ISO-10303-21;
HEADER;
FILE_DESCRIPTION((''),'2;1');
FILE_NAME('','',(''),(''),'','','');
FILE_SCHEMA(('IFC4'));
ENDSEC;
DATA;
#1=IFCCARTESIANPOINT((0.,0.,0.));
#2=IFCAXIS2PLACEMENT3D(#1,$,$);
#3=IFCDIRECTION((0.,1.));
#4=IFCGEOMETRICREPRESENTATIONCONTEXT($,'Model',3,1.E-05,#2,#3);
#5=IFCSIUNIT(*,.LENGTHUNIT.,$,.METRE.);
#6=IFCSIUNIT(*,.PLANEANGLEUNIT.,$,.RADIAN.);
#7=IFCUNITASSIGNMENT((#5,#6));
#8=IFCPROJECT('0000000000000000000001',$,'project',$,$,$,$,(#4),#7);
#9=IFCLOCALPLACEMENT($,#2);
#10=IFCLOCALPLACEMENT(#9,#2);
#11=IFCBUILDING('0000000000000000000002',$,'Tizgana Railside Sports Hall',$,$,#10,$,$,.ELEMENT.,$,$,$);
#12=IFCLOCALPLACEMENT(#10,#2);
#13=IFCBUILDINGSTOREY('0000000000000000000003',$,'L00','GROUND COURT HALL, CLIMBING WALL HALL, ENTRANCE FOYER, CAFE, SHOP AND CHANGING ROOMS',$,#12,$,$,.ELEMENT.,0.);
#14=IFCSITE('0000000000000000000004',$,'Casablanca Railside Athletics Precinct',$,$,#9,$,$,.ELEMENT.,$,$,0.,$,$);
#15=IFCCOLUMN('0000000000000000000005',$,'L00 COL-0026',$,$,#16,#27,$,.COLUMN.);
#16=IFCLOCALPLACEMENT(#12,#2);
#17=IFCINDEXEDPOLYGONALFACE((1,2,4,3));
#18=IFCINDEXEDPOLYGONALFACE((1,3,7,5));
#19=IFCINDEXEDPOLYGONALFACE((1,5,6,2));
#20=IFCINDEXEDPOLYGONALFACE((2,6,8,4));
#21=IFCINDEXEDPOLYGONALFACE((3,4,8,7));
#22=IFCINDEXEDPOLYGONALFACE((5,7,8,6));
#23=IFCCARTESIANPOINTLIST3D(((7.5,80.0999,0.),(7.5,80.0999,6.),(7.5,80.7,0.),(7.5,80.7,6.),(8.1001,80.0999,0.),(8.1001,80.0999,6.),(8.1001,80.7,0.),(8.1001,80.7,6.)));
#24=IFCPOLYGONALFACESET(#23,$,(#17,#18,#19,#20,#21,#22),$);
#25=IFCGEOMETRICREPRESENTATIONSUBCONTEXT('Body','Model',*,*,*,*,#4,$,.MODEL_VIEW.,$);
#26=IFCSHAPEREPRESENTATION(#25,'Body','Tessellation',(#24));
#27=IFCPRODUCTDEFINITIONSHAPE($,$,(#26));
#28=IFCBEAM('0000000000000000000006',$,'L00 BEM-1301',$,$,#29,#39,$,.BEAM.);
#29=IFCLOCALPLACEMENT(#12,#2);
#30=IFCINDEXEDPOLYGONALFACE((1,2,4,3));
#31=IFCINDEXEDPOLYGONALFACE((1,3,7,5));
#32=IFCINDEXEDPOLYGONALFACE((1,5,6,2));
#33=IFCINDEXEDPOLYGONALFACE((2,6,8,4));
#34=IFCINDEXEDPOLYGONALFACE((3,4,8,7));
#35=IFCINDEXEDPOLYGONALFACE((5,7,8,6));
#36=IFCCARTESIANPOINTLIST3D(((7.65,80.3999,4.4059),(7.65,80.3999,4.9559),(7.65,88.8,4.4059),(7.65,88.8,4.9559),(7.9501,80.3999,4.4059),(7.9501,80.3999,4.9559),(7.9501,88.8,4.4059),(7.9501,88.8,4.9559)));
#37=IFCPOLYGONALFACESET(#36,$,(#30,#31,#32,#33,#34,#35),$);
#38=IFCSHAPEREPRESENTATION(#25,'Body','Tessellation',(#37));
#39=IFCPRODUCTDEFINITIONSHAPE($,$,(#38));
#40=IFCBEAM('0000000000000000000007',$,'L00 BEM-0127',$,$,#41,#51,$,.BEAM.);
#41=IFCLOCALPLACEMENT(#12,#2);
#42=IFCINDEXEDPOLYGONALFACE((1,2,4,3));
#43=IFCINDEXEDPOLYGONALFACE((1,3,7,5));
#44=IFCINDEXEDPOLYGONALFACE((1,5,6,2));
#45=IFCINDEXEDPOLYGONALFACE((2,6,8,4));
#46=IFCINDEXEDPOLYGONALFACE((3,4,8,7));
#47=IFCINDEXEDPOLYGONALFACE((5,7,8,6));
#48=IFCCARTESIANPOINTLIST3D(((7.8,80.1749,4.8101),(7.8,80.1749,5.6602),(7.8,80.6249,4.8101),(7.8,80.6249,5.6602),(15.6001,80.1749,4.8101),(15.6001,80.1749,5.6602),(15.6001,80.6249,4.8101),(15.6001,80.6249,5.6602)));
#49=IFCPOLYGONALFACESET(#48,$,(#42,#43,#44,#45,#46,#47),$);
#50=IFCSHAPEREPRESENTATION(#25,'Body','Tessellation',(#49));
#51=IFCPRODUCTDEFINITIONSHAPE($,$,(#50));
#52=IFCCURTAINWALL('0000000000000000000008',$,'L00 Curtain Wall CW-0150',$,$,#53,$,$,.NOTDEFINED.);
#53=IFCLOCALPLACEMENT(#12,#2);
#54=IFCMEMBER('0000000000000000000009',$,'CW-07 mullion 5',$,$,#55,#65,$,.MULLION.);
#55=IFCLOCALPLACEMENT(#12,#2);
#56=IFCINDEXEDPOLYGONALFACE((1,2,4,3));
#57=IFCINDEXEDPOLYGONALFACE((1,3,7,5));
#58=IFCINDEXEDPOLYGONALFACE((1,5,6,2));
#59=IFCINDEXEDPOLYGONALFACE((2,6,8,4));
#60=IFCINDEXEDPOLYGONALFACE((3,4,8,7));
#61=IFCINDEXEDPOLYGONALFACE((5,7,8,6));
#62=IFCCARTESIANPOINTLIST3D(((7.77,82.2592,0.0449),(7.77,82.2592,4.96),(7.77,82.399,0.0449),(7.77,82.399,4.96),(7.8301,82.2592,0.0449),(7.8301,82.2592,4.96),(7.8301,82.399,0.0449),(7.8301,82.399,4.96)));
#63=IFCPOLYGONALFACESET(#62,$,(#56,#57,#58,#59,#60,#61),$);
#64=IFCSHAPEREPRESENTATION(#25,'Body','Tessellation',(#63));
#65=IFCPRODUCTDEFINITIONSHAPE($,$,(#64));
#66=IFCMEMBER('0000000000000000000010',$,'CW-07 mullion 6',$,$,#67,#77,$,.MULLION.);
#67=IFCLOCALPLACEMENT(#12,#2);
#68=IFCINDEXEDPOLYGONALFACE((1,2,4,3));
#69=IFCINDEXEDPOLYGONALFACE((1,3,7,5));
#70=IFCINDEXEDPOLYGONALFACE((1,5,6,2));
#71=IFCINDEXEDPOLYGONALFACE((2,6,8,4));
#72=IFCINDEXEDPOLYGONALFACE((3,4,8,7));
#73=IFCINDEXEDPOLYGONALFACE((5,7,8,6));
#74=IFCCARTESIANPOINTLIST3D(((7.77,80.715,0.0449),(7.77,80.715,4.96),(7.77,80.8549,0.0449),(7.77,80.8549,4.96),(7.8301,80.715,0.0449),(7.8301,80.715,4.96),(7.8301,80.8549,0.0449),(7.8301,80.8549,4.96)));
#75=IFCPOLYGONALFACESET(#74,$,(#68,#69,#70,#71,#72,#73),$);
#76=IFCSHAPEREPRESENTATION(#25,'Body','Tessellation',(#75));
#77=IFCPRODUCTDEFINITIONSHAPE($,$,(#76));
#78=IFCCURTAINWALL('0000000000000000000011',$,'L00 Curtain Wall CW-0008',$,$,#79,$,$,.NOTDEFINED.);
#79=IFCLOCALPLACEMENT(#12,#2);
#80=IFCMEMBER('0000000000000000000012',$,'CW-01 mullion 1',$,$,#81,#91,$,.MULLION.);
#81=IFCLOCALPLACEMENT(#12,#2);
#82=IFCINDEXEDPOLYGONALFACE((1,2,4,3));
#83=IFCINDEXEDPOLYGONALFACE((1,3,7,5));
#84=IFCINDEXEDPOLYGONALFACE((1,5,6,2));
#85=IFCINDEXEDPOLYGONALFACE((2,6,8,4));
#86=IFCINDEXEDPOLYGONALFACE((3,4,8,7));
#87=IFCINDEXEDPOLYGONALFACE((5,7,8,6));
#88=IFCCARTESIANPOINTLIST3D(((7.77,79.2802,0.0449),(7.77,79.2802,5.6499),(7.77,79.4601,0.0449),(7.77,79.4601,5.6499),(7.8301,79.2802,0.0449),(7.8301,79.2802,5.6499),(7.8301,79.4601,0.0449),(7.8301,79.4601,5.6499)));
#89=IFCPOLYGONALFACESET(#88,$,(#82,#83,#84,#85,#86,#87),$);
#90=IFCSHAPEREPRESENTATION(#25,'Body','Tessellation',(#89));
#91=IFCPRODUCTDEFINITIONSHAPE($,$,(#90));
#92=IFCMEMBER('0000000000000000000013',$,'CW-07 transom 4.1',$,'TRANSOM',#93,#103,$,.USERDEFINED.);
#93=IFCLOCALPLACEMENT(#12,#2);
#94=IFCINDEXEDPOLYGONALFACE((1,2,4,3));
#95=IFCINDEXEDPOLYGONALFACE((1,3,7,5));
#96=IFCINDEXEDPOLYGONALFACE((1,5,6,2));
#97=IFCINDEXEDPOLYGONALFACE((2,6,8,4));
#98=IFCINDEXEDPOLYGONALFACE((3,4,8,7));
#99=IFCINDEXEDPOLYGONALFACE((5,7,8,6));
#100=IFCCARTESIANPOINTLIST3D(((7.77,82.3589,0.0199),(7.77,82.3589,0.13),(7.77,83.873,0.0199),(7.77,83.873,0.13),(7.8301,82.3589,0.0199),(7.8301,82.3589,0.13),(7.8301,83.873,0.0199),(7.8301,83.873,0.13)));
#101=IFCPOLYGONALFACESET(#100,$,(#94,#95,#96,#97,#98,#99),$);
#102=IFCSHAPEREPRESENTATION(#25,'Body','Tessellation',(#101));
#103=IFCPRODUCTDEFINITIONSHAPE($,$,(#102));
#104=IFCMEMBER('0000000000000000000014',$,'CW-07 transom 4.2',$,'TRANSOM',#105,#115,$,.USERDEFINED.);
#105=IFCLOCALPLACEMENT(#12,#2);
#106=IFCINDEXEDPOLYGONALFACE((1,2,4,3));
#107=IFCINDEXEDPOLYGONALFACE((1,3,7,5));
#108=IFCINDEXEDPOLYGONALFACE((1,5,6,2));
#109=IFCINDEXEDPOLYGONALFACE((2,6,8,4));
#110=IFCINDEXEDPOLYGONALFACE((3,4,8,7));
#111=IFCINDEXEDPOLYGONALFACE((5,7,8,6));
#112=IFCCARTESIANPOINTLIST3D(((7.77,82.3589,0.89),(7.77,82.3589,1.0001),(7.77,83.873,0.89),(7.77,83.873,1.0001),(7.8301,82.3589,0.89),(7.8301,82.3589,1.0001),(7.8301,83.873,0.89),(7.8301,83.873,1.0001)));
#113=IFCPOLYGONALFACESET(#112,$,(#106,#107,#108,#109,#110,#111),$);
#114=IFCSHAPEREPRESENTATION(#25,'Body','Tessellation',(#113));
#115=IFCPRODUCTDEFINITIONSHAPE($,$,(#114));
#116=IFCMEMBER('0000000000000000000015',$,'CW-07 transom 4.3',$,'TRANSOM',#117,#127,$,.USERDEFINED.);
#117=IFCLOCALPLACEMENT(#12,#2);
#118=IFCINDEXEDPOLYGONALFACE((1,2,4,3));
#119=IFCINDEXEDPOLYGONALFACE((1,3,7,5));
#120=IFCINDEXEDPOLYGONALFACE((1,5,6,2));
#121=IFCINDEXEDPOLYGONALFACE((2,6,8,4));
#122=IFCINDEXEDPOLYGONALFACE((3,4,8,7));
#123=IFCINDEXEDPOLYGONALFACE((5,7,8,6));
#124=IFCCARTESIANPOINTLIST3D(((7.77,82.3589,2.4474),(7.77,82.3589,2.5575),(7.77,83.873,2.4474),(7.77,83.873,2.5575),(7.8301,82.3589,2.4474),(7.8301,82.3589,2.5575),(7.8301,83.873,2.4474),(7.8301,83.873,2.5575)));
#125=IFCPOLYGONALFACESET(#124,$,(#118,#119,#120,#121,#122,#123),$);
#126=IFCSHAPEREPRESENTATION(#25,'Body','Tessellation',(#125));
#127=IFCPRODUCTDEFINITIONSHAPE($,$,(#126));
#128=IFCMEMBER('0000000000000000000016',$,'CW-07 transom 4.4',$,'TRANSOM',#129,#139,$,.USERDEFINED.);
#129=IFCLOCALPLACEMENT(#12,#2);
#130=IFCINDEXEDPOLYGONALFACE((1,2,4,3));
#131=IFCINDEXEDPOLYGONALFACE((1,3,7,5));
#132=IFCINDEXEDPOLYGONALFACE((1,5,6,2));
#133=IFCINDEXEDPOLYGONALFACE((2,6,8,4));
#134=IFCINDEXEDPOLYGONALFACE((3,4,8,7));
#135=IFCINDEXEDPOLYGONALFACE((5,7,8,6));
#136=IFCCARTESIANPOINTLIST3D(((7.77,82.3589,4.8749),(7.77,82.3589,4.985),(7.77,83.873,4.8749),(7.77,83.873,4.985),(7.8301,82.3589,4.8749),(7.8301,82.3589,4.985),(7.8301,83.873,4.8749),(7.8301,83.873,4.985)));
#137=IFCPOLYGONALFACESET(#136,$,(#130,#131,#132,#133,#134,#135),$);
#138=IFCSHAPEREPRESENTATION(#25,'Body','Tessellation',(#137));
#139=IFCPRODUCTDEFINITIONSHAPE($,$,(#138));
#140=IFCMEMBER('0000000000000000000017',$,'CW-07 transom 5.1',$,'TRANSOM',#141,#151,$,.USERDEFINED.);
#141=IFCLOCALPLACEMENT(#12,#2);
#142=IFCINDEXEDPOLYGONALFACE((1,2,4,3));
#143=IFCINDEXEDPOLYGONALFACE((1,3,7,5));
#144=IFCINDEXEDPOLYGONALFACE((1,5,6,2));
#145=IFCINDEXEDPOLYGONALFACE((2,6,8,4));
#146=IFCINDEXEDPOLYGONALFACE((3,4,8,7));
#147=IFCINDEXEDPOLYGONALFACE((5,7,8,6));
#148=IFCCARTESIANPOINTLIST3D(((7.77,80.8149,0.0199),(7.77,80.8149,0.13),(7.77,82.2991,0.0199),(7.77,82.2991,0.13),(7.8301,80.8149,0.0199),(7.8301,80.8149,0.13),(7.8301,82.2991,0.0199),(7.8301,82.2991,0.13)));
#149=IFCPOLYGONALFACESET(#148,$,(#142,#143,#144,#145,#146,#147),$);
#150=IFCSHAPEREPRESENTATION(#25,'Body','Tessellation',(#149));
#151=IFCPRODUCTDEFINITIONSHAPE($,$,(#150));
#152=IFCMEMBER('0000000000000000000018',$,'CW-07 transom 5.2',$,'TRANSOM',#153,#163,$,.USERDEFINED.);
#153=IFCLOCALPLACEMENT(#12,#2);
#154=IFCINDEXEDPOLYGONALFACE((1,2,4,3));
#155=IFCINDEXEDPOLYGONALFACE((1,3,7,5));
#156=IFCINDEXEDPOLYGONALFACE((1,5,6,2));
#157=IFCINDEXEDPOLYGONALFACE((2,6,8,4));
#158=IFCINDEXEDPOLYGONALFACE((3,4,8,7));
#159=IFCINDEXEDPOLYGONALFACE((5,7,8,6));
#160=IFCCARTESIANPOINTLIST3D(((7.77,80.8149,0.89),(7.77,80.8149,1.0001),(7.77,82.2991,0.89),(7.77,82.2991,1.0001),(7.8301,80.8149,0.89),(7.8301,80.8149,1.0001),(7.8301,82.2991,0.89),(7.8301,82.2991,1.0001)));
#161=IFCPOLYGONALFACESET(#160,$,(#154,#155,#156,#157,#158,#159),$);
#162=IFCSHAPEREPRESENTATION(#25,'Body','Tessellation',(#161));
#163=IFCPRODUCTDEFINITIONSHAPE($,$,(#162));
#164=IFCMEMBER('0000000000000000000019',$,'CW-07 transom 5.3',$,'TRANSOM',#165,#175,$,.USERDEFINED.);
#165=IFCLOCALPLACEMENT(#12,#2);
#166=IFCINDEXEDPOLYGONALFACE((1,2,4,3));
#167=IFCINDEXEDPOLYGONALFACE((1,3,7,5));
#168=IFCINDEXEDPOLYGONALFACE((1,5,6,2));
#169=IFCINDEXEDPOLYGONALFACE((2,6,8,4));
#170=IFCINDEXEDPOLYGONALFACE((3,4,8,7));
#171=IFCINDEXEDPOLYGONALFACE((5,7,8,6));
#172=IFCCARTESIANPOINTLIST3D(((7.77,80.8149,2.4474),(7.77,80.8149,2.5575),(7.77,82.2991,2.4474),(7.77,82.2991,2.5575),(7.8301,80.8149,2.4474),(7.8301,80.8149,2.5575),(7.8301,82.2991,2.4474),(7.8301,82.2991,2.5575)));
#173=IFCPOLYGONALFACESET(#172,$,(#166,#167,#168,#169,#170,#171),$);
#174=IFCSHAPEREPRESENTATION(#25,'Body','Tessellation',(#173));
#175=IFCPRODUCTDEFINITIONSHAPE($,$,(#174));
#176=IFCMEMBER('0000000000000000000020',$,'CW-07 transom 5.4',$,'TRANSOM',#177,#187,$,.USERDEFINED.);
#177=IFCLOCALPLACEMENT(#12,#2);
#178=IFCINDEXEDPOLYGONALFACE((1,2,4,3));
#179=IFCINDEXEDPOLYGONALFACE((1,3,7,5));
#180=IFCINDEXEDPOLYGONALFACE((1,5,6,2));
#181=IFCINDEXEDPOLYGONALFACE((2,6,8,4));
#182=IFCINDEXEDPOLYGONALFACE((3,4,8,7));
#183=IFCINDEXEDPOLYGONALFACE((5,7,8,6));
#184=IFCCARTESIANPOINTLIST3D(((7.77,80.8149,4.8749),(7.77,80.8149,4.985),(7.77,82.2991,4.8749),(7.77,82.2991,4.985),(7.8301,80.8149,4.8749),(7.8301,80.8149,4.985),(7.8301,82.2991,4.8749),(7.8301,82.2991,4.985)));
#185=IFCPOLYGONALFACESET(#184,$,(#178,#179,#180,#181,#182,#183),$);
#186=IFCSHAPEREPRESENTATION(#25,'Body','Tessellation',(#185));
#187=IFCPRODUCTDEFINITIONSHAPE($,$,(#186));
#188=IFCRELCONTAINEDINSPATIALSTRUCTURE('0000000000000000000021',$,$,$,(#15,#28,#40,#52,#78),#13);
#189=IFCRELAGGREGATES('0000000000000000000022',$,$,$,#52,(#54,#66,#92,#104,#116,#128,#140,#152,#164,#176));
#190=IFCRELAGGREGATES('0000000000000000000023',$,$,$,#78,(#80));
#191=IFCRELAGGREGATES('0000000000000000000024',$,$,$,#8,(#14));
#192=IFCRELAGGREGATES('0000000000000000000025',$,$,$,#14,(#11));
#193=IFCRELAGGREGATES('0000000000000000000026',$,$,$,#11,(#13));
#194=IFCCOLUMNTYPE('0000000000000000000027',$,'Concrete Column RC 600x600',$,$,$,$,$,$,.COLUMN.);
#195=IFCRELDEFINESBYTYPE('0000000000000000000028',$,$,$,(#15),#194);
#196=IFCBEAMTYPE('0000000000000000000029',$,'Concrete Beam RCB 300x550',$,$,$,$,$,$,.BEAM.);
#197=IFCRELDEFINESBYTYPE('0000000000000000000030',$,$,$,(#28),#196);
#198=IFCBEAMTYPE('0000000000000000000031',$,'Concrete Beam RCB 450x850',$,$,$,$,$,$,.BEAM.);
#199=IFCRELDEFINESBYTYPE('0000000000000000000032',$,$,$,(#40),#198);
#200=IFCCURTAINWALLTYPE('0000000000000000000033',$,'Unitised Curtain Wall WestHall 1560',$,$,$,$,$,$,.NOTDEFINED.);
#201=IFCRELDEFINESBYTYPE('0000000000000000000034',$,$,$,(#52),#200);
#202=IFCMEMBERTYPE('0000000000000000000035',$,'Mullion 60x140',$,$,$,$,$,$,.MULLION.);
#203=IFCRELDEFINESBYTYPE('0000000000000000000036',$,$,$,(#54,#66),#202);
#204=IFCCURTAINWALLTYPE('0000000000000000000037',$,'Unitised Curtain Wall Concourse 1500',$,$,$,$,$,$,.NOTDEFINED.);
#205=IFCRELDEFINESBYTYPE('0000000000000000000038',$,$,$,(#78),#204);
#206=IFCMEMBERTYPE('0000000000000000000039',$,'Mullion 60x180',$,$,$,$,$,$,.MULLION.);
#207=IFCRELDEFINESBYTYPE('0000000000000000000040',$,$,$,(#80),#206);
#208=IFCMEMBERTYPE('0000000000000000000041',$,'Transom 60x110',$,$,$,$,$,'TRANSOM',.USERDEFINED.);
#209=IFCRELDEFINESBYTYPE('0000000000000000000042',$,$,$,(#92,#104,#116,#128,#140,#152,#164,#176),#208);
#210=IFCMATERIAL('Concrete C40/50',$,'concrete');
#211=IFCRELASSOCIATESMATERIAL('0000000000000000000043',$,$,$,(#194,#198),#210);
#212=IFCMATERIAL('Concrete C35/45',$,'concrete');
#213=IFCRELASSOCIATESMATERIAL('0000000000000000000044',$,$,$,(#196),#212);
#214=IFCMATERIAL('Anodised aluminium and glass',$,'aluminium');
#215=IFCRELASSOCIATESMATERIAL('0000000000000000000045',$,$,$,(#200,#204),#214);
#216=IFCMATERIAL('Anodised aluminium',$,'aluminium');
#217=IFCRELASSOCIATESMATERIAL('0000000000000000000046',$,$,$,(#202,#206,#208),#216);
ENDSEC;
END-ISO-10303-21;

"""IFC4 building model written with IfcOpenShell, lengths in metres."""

from ifc_helpers import new_model, si_unit, direction, frame, origin, origin_2d, place, context, subcontext, project, spatial, rectangle, extrude, material, material_profile, profile_set, type_object, element, aggregate, save


model = new_model("IFC4")

# Units and contexts
model_context = context("Model", 3, precision=1e-05, world=origin(), true_north=direction((0.0, 1.0)))
body_context = subcontext(model_context, "Body", "Model", "MODEL_VIEW")
ifc_project = project(units=[si_unit("LENGTHUNIT", "METRE"), si_unit("PLANEANGLEUNIT", "RADIAN")], contexts=[model_context])

# Site, building, storey
site_placement = place(None, origin())
site = spatial("IfcSite", under=ifc_project, at=site_placement, Name="Casablanca Railside Athletics Precinct", CompositionType="ELEMENT", RefElevation=0.0)
building_placement = place(site_placement, origin())
building = spatial("IfcBuilding", under=site, at=building_placement, Name="Tizgana Railside Sports Hall", CompositionType="ELEMENT")
storey_placement = place(building_placement, origin())
storey = spatial("IfcBuildingStorey", under=building, at=storey_placement, Name="L00", Description="GROUND COURT HALL, CLIMBING WALL HALL, ENTRANCE FOYER, CAFE, SHOP AND CHANGING ROOMS", CompositionType="ELEMENT", Elevation=0.0)

# Column
ifc_material_1 = material(Name="Concrete C40/50", Category="concrete")
ifc_material_profile_1 = material_profile(ifc_material_1, rectangle(XDim=0.6001, YDim=0.6001, at=origin_2d()), Name="RC 600x600")
ifc_profile_set_1 = profile_set([ifc_material_profile_1], Name="Concrete C40/50")
column_type = type_object("IfcColumnType", Name="Concrete Column RC 600x600", PredefinedType="COLUMN", material=ifc_profile_set_1)
column_placement = place(storey_placement, frame((7.8, 80.3999, 0.0), z_axis=(0.0, 0.0, 1.0), x_axis=(1.0, 0.0, 0.0)))
element("IfcColumn", 1, at=column_placement, inside=storey, type_object=column_type, Name="L00 COL-0026", PredefinedType="COLUMN", context=body_context, shape_type="SweptSolid", body=[
    extrude(rectangle(XDim=0.6001, YDim=0.6001, at=origin_2d()), origin(), (0.0, 0.0, 1.0), 6.0),
])

# Beams
ifc_material_2 = material(Name="Concrete C35/45", Category="concrete")
ifc_material_profile_2 = material_profile(ifc_material_2, rectangle(XDim=0.3, YDim=0.55, at=origin_2d()), Name="RCB 300x550")
ifc_profile_set_2 = profile_set([ifc_material_profile_2], Name="Concrete C35/45")
beam_type_1 = type_object("IfcBeamType", Name="Concrete Beam RCB 300x550", PredefinedType="BEAM", material=ifc_profile_set_2)
beam_1_placement = place(storey_placement, frame((7.8, 80.3999, 4.6809), z_axis=(0.0, 1.0, 0.0), x_axis=(-1.0, 0.0, 0.0)))
element("IfcBeam", 2, at=beam_1_placement, inside=storey, type_object=beam_type_1, Name="L00 BEM-1301", PredefinedType="BEAM", context=body_context, shape_type="SweptSolid", body=[
    extrude(rectangle(XDim=0.3, YDim=0.55, at=origin_2d()), origin(), (0.0, 0.0, 1.0), 8.4001),
])
ifc_material_profile_3 = material_profile(ifc_material_1, rectangle(XDim=0.45, YDim=0.8501, at=origin_2d()), Name="RCB 450x850")
ifc_profile_set_3 = profile_set([ifc_material_profile_3], Name="Concrete C40/50")
beam_type_2 = type_object("IfcBeamType", Name="Concrete Beam RCB 450x850", PredefinedType="BEAM", material=ifc_profile_set_3)
beam_2_placement = place(storey_placement, frame((7.8, 80.3999, 5.2351), z_axis=(1.0, 0.0, 0.0), x_axis=(0.0, 1.0, 0.0)))
element("IfcBeam", 3, at=beam_2_placement, inside=storey, type_object=beam_type_2, Name="L00 BEM-0127", PredefinedType="BEAM", context=body_context, shape_type="SweptSolid", body=[
    extrude(rectangle(XDim=0.45, YDim=0.8501, at=origin_2d()), origin(), (0.0, 0.0, 1.0), 7.8),
])

# Curtain wall, members
ifc_material_3 = material(Name="Anodised aluminium and glass", Category="aluminium")
curtain_wall_type_1 = type_object("IfcCurtainWallType", Name="Unitised Curtain Wall WestHall 1560", PredefinedType="NOTDEFINED", material=ifc_material_3)
curtain_wall_1_placement = place(storey_placement, origin())
curtain_wall_1 = element("IfcCurtainWall", 4, at=curtain_wall_1_placement, inside=storey, type_object=curtain_wall_type_1, Name="L00 Curtain Wall CW-0150", PredefinedType="NOTDEFINED")
ifc_material_4 = material(Name="Anodised aluminium", Category="aluminium")
ifc_material_profile_4 = material_profile(ifc_material_4, rectangle(XDim=0.0601, YDim=0.1399, at=origin_2d()), Name="Mullion 60x140")
ifc_profile_set_4 = profile_set([ifc_material_profile_4], Name="Anodised aluminium")
member_type_1 = type_object("IfcMemberType", Name="Mullion 60x140", PredefinedType="MULLION", material=ifc_profile_set_4)
member_1_placement = place(storey_placement, frame((7.8, 82.3291, 0.0449), z_axis=(0.0, 0.0, 1.0), x_axis=(1.0, 0.0, 0.0)))
member_1 = element("IfcMember", 5, at=member_1_placement, type_object=member_type_1, Name="CW-07 mullion 5", PredefinedType="MULLION", context=body_context, shape_type="SweptSolid", body=[
    extrude(rectangle(XDim=0.0601, YDim=0.1399, at=origin_2d()), origin(), (0.0, 0.0, 1.0), 4.915),
])
member_2_placement = place(storey_placement, frame((7.8, 80.7849, 0.0449), z_axis=(0.0, 0.0, 1.0), x_axis=(1.0, 0.0, 0.0)))
member_2 = element("IfcMember", 6, at=member_2_placement, type_object=member_type_1, Name="CW-07 mullion 6", PredefinedType="MULLION", context=body_context, shape_type="SweptSolid", body=[
    extrude(rectangle(XDim=0.0601, YDim=0.1399, at=origin_2d()), origin(), (0.0, 0.0, 1.0), 4.915),
])

# Curtain wall, member
curtain_wall_type_2 = type_object("IfcCurtainWallType", Name="Unitised Curtain Wall Concourse 1500", PredefinedType="NOTDEFINED", material=ifc_material_3)
curtain_wall_2_placement = place(storey_placement, origin())
curtain_wall_2 = element("IfcCurtainWall", 7, at=curtain_wall_2_placement, inside=storey, type_object=curtain_wall_type_2, Name="L00 Curtain Wall CW-0008", PredefinedType="NOTDEFINED")
ifc_material_profile_5 = material_profile(ifc_material_4, rectangle(XDim=0.0601, YDim=0.1799, at=origin_2d()), Name="Mullion 60x180")
ifc_profile_set_5 = profile_set([ifc_material_profile_5], Name="Anodised aluminium")
member_type_2 = type_object("IfcMemberType", Name="Mullion 60x180", PredefinedType="MULLION", material=ifc_profile_set_5)
member_3_placement = place(storey_placement, frame((7.8, 79.3701, 0.0449), z_axis=(0.0, 0.0, 1.0), x_axis=(1.0, 0.0, 0.0)))
member_3 = element("IfcMember", 8, at=member_3_placement, type_object=member_type_2, Name="CW-01 mullion 1", PredefinedType="MULLION", context=body_context, shape_type="SweptSolid", body=[
    extrude(rectangle(XDim=0.0601, YDim=0.1799, at=origin_2d()), origin(), (0.0, 0.0, 1.0), 5.605),
])

# Members
ifc_material_profile_6 = material_profile(ifc_material_4, rectangle(XDim=0.0601, YDim=0.1101, at=origin_2d()), Name="Transom 60x110")
ifc_profile_set_6 = profile_set([ifc_material_profile_6], Name="Anodised aluminium")
member_type_3 = type_object("IfcMemberType", Name="Transom 60x110", ElementType="TRANSOM", PredefinedType="USERDEFINED", material=ifc_profile_set_6)
member_4_placement = place(storey_placement, frame((7.8, 83.873, 0.075), z_axis=(0.0, -1.0, 0.0), x_axis=(1.0, 0.0, 0.0)))
member_4 = element("IfcMember", 9, at=member_4_placement, type_object=member_type_3, Name="CW-07 transom 4.1", ObjectType="TRANSOM", PredefinedType="USERDEFINED", context=body_context, shape_type="SweptSolid", body=[
    extrude(rectangle(XDim=0.0601, YDim=0.1101, at=origin_2d()), origin(), (0.0, 0.0, 1.0), 1.5142),
])
member_5_placement = place(storey_placement, frame((7.8, 83.873, 0.9451), z_axis=(0.0, -1.0, 0.0), x_axis=(1.0, 0.0, 0.0)))
member_5 = element("IfcMember", 10, at=member_5_placement, type_object=member_type_3, Name="CW-07 transom 4.2", ObjectType="TRANSOM", PredefinedType="USERDEFINED", context=body_context, shape_type="SweptSolid", body=[
    extrude(rectangle(XDim=0.0601, YDim=0.1101, at=origin_2d()), origin(), (0.0, 0.0, 1.0), 1.5142),
])
member_6_placement = place(storey_placement, frame((7.8, 83.873, 2.5024), z_axis=(0.0, -1.0, 0.0), x_axis=(1.0, 0.0, 0.0)))
member_6 = element("IfcMember", 11, at=member_6_placement, type_object=member_type_3, Name="CW-07 transom 4.3", ObjectType="TRANSOM", PredefinedType="USERDEFINED", context=body_context, shape_type="SweptSolid", body=[
    extrude(rectangle(XDim=0.0601, YDim=0.1101, at=origin_2d()), origin(), (0.0, 0.0, 1.0), 1.5142),
])
member_7_placement = place(storey_placement, frame((7.8, 83.873, 4.9299), z_axis=(0.0, -1.0, 0.0), x_axis=(1.0, 0.0, 0.0)))
member_7 = element("IfcMember", 12, at=member_7_placement, type_object=member_type_3, Name="CW-07 transom 4.4", ObjectType="TRANSOM", PredefinedType="USERDEFINED", context=body_context, shape_type="SweptSolid", body=[
    extrude(rectangle(XDim=0.0601, YDim=0.1101, at=origin_2d()), origin(), (0.0, 0.0, 1.0), 1.5142),
])
member_8_placement = place(storey_placement, frame((7.8, 82.2991, 0.075), z_axis=(0.0, -1.0, 0.0), x_axis=(1.0, 0.0, 0.0)))
member_8 = element("IfcMember", 13, at=member_8_placement, type_object=member_type_3, Name="CW-07 transom 5.1", ObjectType="TRANSOM", PredefinedType="USERDEFINED", context=body_context, shape_type="SweptSolid", body=[
    extrude(rectangle(XDim=0.0601, YDim=0.1101, at=origin_2d()), origin(), (0.0, 0.0, 1.0), 1.4841),
])
member_9_placement = place(storey_placement, frame((7.8, 82.2991, 0.9451), z_axis=(0.0, -1.0, 0.0), x_axis=(1.0, 0.0, 0.0)))
member_9 = element("IfcMember", 14, at=member_9_placement, type_object=member_type_3, Name="CW-07 transom 5.2", ObjectType="TRANSOM", PredefinedType="USERDEFINED", context=body_context, shape_type="SweptSolid", body=[
    extrude(rectangle(XDim=0.0601, YDim=0.1101, at=origin_2d()), origin(), (0.0, 0.0, 1.0), 1.4841),
])
member_10_placement = place(storey_placement, frame((7.8, 82.2991, 2.5024), z_axis=(0.0, -1.0, 0.0), x_axis=(1.0, 0.0, 0.0)))
member_10 = element("IfcMember", 15, at=member_10_placement, type_object=member_type_3, Name="CW-07 transom 5.3", ObjectType="TRANSOM", PredefinedType="USERDEFINED", context=body_context, shape_type="SweptSolid", body=[
    extrude(rectangle(XDim=0.0601, YDim=0.1101, at=origin_2d()), origin(), (0.0, 0.0, 1.0), 1.4841),
])
member_11_placement = place(storey_placement, frame((7.8, 82.2991, 4.9299), z_axis=(0.0, -1.0, 0.0), x_axis=(1.0, 0.0, 0.0)))
member_11 = element("IfcMember", 16, at=member_11_placement, type_object=member_type_3, Name="CW-07 transom 5.4", ObjectType="TRANSOM", PredefinedType="USERDEFINED", context=body_context, shape_type="SweptSolid", body=[
    extrude(rectangle(XDim=0.0601, YDim=0.1101, at=origin_2d()), origin(), (0.0, 0.0, 1.0), 1.4841),
])

aggregate(curtain_wall_1, [member_1, member_2, member_4, member_5, member_6, member_7, member_8, member_9, member_10, member_11])
aggregate(curtain_wall_2, [member_3])

save(model, "model.ifc")
